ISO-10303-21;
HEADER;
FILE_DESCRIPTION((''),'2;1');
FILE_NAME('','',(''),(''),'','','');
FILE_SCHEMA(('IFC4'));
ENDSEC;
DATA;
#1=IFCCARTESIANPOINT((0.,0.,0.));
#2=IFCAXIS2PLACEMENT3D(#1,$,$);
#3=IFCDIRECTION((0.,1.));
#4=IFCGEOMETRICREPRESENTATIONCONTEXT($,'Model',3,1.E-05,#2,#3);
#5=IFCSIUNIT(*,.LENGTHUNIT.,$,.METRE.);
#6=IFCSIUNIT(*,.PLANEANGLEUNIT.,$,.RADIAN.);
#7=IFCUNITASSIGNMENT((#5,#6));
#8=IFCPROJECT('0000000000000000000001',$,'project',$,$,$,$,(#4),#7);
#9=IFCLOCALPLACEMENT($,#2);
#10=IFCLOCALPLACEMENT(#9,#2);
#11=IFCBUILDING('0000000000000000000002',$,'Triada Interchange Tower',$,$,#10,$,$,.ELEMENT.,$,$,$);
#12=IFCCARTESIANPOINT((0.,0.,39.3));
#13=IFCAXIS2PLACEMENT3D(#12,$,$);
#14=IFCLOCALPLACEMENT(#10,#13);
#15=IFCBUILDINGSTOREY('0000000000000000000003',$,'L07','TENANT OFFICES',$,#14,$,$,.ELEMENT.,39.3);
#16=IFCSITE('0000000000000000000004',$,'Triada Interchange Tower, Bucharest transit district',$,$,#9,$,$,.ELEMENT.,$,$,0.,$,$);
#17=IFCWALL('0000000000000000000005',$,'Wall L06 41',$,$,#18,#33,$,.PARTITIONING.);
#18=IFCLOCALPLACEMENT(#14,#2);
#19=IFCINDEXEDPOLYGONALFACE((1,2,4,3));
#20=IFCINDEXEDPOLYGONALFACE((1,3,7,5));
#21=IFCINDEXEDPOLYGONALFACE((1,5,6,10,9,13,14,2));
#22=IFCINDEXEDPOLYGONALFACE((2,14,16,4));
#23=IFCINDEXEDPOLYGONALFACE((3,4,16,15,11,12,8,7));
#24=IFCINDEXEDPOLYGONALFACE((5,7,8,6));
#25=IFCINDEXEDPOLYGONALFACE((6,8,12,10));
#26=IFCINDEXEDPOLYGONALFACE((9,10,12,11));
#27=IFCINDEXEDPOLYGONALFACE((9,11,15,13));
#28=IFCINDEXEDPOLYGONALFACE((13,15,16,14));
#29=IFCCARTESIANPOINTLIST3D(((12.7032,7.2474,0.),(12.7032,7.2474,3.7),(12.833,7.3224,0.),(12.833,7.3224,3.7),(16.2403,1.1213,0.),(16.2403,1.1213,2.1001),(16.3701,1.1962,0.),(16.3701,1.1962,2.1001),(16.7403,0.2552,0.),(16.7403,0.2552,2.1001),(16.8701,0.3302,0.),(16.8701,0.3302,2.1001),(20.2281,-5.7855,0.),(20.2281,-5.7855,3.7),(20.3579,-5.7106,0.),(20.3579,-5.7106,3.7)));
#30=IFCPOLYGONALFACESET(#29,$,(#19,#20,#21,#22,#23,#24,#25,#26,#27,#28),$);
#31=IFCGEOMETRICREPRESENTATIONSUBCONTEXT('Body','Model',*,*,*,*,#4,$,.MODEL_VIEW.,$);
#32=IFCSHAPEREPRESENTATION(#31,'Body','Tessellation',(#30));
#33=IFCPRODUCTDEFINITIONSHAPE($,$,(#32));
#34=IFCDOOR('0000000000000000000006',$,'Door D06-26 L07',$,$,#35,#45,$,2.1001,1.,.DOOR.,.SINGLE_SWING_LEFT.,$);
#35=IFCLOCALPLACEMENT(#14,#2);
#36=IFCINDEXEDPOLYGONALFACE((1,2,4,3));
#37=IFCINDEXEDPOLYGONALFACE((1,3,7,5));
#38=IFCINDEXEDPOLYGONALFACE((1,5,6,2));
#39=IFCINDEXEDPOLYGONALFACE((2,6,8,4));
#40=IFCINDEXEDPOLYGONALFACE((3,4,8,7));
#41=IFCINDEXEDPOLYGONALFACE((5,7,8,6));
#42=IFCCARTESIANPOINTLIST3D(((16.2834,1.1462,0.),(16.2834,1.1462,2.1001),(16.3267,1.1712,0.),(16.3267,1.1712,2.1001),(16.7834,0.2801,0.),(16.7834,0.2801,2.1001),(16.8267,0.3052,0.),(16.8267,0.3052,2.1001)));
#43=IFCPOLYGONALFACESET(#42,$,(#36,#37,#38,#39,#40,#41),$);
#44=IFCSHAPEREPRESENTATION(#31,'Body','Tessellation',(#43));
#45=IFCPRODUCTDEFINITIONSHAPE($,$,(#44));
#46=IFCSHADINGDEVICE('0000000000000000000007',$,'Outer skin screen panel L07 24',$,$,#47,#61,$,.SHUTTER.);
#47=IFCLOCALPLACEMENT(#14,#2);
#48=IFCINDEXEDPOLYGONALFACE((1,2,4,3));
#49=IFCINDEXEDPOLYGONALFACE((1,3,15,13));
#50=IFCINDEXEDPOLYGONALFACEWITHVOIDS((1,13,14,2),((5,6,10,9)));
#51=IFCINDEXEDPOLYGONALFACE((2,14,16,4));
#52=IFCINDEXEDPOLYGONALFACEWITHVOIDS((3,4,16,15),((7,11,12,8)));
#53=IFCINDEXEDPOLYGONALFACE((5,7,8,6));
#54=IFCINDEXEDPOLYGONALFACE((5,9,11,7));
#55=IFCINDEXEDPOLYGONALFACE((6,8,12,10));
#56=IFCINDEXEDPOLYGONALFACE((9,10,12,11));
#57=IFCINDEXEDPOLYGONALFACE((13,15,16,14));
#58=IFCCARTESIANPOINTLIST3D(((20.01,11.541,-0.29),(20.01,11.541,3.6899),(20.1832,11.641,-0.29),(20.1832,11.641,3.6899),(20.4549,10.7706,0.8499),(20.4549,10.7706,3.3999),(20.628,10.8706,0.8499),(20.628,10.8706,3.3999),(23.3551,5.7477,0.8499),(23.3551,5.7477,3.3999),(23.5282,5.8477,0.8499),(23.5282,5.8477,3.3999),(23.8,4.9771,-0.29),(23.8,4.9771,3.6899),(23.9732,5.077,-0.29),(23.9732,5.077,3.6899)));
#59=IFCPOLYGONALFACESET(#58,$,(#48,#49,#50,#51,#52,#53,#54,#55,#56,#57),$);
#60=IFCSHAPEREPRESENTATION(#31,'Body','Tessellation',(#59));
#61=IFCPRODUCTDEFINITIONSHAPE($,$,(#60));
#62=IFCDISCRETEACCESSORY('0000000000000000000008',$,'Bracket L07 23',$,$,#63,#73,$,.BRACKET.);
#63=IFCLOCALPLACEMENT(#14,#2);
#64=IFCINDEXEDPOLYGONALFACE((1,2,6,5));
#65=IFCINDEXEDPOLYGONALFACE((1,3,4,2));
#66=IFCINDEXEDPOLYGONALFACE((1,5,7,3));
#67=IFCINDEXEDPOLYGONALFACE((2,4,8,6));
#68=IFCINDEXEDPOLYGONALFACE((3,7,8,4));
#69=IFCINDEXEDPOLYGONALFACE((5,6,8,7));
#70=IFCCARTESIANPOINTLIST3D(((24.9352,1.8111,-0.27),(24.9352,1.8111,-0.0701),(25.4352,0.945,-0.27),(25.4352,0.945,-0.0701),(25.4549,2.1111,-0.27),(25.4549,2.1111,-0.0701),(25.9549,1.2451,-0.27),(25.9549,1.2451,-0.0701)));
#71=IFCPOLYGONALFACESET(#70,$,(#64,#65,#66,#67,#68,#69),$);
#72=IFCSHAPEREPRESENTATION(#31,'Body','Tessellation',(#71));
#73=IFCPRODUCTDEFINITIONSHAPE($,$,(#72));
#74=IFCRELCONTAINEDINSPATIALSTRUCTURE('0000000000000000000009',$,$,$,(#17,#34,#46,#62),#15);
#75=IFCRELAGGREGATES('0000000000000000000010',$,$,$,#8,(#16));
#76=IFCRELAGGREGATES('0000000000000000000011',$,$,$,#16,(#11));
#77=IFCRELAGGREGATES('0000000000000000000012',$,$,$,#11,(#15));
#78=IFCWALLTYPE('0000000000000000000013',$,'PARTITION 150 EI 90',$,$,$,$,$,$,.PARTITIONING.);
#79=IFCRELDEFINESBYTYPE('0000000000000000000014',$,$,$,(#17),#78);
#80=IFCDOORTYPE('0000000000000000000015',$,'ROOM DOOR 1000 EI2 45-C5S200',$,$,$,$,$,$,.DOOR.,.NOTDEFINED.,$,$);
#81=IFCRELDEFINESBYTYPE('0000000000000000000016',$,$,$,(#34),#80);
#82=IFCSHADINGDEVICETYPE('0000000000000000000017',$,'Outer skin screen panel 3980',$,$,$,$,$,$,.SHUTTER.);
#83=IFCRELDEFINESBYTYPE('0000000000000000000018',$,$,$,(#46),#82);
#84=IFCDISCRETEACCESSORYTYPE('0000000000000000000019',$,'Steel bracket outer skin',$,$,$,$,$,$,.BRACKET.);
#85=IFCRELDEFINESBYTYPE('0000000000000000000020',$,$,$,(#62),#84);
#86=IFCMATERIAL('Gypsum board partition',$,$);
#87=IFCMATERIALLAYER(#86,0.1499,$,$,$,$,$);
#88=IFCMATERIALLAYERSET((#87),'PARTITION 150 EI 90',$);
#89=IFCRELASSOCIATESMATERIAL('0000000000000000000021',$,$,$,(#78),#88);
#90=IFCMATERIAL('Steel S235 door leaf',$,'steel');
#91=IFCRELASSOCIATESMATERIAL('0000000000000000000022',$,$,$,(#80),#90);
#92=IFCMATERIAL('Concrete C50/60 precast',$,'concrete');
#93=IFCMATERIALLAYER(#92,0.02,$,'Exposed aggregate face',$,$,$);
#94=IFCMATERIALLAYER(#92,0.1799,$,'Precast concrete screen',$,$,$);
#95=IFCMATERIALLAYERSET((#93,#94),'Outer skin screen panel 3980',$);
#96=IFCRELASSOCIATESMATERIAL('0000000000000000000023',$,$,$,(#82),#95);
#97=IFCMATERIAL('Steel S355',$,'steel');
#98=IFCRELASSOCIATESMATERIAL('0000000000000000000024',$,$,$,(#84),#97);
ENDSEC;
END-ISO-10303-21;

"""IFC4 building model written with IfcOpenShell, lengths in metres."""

from ifc_helpers import new_model, si_unit, direction, frame, frame_2d, origin, origin_2d, place, context, subcontext, project, spatial, polyline, rectangle, outline, extrude, material, layer, layer_set, type_object, element, fill, save


model = new_model("IFC4")

# Units and contexts
model_context = context("Model", 3, precision=1e-05, world=origin(), true_north=direction((0.0, 1.0)))
body_context = subcontext(model_context, "Body", "Model", "MODEL_VIEW")
ifc_project = project(units=[si_unit("LENGTHUNIT", "METRE"), si_unit("PLANEANGLEUNIT", "RADIAN")], contexts=[model_context])

# Site, building, storey
site_placement = place(None, origin())
site = spatial("IfcSite", under=ifc_project, at=site_placement, Name="Triada Interchange Tower, Bucharest transit district", CompositionType="ELEMENT", RefElevation=0.0)
building_placement = place(site_placement, origin())
building = spatial("IfcBuilding", under=site, at=building_placement, Name="Triada Interchange Tower", CompositionType="ELEMENT")
storey_placement = place(building_placement, frame((0.0, 0.0, 39.3)))
storey = spatial("IfcBuildingStorey", under=building, at=storey_placement, Name="L07", Description="TENANT OFFICES", CompositionType="ELEMENT", Elevation=39.3)

# Shared definitions
ifc_material_1 = material(Name="Steel S235 door leaf", Category="steel")

# Shared definitions
ifc_material_2 = material(Name="Gypsum board partition")

# Wall, opening, door
ifc_layer_1 = layer(ifc_material_2, 0.1499)
ifc_layer_set_1 = layer_set([ifc_layer_1], Name="PARTITION 150 EI 90")
wall_type_1 = type_object("IfcWallType", Name="PARTITION 150 EI 90", PredefinedType="PARTITIONING", material=ifc_layer_set_1)
wall_1_placement = place(storey_placement, frame((12.7681, 7.2849, 0.0), z_axis=(0.0, 0.0, 1.0), x_axis=(0.500016, -0.866016, 0.0)))
wall_1 = element("IfcWall", 1, at=wall_1_placement, inside=storey, type_object=wall_type_1, Name="Wall L06 41", PredefinedType="PARTITIONING", context=body_context, shape_type="SweptSolid", body=[
    extrude(rectangle(XDim=15.0493, YDim=0.1499, at=frame_2d((7.5247, 0.0))), origin(), (0.0, 0.0, 1.0), 3.7),
])
opening_1_placement = place(wall_1_placement, frame((7.074, 0.0, 0.0)))
opening_1 = element("IfcOpeningElement", 2, at=opening_1_placement, cuts=wall_1, PredefinedType="OPENING", context=body_context, shape_type="SweptSolid", body=[
    extrude(rectangle(XDim=1.0, YDim=2.1001, at=frame_2d((0.5, 1.05))), frame((0.0, 0.085, 0.0), z_axis=(0.0, -1.0, 0.0), x_axis=(1.0, 0.0, 0.0)), (0.0, 0.0, 1.0), 0.1699),
])
door_type_1 = type_object("IfcDoorType", Name="ROOM DOOR 1000 EI2 45-C5S200", OperationType="NOTDEFINED", PredefinedType="DOOR", material=ifc_material_1)
door_1_placement = place(opening_1_placement, origin())
door_1 = element("IfcDoor", 3, at=door_1_placement, inside=storey, type_object=door_type_1, Name="Door D06-26 L07", OperationType="SINGLE_SWING_LEFT", OverallHeight=2.1001, OverallWidth=1.0, PredefinedType="DOOR", context=body_context, shape_type="SweptSolid", body=[
    extrude(rectangle(XDim=1.0, YDim=2.1001, at=frame_2d((0.5, 1.05))), frame((0.0, 0.0249, 0.0), z_axis=(0.0, -1.0, 0.0), x_axis=(1.0, 0.0, 0.0)), (0.0, 0.0, 1.0), 0.05),
])
fill(opening_1, door_1)

# Shading device
ifc_material_3 = material(Name="Concrete C50/60 precast", Category="concrete")
ifc_layer_2 = layer(ifc_material_3, 0.02, Name="Exposed aggregate face")
ifc_layer_3 = layer(ifc_material_3, 0.1799, Name="Precast concrete screen")
ifc_layer_set_2 = layer_set([ifc_layer_2, ifc_layer_3], Name="Outer skin screen panel 3980")
shading_device_type = type_object("IfcShadingDeviceType", Name="Outer skin screen panel 3980", PredefinedType="SHUTTER", material=ifc_layer_set_2)
shading_device_placement = place(storey_placement, frame((23.8, 4.9771, -0.29), z_axis=(0.0, 0.0, 1.0), x_axis=(-0.500033, 0.866006, 0.0)))
element("IfcShadingDevice", 4, at=shading_device_placement, inside=storey, type_object=shading_device_type, Name="Outer skin screen panel L07 24", PredefinedType="SHUTTER", context=body_context, shape_type="SweptSolid", body=[
    extrude(outline(polyline([(0.0, 0.0), (7.5796, 0.0), (7.5796, 3.98), (0.0, 3.98), (0.0, 0.0)]), holes=[polyline([(0.8899, 1.1399), (0.8899, 3.6899), (6.6899, 3.6899), (6.6899, 1.1399), (0.8899, 1.1399)])]), frame((0.0, 0.0, 0.0), z_axis=(0.0, -1.0, 0.0), x_axis=(1.0, 0.0, 0.0)), (0.0, 0.0, 1.0), 0.2),
])

# Discrete accessory
ifc_material_4 = material(Name="Steel S355", Category="steel")
discrete_accessory_type = type_object("IfcDiscreteAccessoryType", Name="Steel bracket outer skin", PredefinedType="BRACKET", material=ifc_material_4)
discrete_accessory_placement = place(storey_placement, frame((25.4451, 1.5281, -0.27), z_axis=(0.0, 0.0, 1.0), x_axis=(0.866021, 0.500008, 0.0)))
element("IfcDiscreteAccessory", 5, at=discrete_accessory_placement, inside=storey, type_object=discrete_accessory_type, Name="Bracket L07 23", PredefinedType="BRACKET", context=body_context, shape_type="SweptSolid", body=[
    extrude(rectangle(XDim=0.6001, YDim=1.0, at=origin_2d()), origin(), (0.0, 0.0, 1.0), 0.2),
])

save(model, "model.ifc")
